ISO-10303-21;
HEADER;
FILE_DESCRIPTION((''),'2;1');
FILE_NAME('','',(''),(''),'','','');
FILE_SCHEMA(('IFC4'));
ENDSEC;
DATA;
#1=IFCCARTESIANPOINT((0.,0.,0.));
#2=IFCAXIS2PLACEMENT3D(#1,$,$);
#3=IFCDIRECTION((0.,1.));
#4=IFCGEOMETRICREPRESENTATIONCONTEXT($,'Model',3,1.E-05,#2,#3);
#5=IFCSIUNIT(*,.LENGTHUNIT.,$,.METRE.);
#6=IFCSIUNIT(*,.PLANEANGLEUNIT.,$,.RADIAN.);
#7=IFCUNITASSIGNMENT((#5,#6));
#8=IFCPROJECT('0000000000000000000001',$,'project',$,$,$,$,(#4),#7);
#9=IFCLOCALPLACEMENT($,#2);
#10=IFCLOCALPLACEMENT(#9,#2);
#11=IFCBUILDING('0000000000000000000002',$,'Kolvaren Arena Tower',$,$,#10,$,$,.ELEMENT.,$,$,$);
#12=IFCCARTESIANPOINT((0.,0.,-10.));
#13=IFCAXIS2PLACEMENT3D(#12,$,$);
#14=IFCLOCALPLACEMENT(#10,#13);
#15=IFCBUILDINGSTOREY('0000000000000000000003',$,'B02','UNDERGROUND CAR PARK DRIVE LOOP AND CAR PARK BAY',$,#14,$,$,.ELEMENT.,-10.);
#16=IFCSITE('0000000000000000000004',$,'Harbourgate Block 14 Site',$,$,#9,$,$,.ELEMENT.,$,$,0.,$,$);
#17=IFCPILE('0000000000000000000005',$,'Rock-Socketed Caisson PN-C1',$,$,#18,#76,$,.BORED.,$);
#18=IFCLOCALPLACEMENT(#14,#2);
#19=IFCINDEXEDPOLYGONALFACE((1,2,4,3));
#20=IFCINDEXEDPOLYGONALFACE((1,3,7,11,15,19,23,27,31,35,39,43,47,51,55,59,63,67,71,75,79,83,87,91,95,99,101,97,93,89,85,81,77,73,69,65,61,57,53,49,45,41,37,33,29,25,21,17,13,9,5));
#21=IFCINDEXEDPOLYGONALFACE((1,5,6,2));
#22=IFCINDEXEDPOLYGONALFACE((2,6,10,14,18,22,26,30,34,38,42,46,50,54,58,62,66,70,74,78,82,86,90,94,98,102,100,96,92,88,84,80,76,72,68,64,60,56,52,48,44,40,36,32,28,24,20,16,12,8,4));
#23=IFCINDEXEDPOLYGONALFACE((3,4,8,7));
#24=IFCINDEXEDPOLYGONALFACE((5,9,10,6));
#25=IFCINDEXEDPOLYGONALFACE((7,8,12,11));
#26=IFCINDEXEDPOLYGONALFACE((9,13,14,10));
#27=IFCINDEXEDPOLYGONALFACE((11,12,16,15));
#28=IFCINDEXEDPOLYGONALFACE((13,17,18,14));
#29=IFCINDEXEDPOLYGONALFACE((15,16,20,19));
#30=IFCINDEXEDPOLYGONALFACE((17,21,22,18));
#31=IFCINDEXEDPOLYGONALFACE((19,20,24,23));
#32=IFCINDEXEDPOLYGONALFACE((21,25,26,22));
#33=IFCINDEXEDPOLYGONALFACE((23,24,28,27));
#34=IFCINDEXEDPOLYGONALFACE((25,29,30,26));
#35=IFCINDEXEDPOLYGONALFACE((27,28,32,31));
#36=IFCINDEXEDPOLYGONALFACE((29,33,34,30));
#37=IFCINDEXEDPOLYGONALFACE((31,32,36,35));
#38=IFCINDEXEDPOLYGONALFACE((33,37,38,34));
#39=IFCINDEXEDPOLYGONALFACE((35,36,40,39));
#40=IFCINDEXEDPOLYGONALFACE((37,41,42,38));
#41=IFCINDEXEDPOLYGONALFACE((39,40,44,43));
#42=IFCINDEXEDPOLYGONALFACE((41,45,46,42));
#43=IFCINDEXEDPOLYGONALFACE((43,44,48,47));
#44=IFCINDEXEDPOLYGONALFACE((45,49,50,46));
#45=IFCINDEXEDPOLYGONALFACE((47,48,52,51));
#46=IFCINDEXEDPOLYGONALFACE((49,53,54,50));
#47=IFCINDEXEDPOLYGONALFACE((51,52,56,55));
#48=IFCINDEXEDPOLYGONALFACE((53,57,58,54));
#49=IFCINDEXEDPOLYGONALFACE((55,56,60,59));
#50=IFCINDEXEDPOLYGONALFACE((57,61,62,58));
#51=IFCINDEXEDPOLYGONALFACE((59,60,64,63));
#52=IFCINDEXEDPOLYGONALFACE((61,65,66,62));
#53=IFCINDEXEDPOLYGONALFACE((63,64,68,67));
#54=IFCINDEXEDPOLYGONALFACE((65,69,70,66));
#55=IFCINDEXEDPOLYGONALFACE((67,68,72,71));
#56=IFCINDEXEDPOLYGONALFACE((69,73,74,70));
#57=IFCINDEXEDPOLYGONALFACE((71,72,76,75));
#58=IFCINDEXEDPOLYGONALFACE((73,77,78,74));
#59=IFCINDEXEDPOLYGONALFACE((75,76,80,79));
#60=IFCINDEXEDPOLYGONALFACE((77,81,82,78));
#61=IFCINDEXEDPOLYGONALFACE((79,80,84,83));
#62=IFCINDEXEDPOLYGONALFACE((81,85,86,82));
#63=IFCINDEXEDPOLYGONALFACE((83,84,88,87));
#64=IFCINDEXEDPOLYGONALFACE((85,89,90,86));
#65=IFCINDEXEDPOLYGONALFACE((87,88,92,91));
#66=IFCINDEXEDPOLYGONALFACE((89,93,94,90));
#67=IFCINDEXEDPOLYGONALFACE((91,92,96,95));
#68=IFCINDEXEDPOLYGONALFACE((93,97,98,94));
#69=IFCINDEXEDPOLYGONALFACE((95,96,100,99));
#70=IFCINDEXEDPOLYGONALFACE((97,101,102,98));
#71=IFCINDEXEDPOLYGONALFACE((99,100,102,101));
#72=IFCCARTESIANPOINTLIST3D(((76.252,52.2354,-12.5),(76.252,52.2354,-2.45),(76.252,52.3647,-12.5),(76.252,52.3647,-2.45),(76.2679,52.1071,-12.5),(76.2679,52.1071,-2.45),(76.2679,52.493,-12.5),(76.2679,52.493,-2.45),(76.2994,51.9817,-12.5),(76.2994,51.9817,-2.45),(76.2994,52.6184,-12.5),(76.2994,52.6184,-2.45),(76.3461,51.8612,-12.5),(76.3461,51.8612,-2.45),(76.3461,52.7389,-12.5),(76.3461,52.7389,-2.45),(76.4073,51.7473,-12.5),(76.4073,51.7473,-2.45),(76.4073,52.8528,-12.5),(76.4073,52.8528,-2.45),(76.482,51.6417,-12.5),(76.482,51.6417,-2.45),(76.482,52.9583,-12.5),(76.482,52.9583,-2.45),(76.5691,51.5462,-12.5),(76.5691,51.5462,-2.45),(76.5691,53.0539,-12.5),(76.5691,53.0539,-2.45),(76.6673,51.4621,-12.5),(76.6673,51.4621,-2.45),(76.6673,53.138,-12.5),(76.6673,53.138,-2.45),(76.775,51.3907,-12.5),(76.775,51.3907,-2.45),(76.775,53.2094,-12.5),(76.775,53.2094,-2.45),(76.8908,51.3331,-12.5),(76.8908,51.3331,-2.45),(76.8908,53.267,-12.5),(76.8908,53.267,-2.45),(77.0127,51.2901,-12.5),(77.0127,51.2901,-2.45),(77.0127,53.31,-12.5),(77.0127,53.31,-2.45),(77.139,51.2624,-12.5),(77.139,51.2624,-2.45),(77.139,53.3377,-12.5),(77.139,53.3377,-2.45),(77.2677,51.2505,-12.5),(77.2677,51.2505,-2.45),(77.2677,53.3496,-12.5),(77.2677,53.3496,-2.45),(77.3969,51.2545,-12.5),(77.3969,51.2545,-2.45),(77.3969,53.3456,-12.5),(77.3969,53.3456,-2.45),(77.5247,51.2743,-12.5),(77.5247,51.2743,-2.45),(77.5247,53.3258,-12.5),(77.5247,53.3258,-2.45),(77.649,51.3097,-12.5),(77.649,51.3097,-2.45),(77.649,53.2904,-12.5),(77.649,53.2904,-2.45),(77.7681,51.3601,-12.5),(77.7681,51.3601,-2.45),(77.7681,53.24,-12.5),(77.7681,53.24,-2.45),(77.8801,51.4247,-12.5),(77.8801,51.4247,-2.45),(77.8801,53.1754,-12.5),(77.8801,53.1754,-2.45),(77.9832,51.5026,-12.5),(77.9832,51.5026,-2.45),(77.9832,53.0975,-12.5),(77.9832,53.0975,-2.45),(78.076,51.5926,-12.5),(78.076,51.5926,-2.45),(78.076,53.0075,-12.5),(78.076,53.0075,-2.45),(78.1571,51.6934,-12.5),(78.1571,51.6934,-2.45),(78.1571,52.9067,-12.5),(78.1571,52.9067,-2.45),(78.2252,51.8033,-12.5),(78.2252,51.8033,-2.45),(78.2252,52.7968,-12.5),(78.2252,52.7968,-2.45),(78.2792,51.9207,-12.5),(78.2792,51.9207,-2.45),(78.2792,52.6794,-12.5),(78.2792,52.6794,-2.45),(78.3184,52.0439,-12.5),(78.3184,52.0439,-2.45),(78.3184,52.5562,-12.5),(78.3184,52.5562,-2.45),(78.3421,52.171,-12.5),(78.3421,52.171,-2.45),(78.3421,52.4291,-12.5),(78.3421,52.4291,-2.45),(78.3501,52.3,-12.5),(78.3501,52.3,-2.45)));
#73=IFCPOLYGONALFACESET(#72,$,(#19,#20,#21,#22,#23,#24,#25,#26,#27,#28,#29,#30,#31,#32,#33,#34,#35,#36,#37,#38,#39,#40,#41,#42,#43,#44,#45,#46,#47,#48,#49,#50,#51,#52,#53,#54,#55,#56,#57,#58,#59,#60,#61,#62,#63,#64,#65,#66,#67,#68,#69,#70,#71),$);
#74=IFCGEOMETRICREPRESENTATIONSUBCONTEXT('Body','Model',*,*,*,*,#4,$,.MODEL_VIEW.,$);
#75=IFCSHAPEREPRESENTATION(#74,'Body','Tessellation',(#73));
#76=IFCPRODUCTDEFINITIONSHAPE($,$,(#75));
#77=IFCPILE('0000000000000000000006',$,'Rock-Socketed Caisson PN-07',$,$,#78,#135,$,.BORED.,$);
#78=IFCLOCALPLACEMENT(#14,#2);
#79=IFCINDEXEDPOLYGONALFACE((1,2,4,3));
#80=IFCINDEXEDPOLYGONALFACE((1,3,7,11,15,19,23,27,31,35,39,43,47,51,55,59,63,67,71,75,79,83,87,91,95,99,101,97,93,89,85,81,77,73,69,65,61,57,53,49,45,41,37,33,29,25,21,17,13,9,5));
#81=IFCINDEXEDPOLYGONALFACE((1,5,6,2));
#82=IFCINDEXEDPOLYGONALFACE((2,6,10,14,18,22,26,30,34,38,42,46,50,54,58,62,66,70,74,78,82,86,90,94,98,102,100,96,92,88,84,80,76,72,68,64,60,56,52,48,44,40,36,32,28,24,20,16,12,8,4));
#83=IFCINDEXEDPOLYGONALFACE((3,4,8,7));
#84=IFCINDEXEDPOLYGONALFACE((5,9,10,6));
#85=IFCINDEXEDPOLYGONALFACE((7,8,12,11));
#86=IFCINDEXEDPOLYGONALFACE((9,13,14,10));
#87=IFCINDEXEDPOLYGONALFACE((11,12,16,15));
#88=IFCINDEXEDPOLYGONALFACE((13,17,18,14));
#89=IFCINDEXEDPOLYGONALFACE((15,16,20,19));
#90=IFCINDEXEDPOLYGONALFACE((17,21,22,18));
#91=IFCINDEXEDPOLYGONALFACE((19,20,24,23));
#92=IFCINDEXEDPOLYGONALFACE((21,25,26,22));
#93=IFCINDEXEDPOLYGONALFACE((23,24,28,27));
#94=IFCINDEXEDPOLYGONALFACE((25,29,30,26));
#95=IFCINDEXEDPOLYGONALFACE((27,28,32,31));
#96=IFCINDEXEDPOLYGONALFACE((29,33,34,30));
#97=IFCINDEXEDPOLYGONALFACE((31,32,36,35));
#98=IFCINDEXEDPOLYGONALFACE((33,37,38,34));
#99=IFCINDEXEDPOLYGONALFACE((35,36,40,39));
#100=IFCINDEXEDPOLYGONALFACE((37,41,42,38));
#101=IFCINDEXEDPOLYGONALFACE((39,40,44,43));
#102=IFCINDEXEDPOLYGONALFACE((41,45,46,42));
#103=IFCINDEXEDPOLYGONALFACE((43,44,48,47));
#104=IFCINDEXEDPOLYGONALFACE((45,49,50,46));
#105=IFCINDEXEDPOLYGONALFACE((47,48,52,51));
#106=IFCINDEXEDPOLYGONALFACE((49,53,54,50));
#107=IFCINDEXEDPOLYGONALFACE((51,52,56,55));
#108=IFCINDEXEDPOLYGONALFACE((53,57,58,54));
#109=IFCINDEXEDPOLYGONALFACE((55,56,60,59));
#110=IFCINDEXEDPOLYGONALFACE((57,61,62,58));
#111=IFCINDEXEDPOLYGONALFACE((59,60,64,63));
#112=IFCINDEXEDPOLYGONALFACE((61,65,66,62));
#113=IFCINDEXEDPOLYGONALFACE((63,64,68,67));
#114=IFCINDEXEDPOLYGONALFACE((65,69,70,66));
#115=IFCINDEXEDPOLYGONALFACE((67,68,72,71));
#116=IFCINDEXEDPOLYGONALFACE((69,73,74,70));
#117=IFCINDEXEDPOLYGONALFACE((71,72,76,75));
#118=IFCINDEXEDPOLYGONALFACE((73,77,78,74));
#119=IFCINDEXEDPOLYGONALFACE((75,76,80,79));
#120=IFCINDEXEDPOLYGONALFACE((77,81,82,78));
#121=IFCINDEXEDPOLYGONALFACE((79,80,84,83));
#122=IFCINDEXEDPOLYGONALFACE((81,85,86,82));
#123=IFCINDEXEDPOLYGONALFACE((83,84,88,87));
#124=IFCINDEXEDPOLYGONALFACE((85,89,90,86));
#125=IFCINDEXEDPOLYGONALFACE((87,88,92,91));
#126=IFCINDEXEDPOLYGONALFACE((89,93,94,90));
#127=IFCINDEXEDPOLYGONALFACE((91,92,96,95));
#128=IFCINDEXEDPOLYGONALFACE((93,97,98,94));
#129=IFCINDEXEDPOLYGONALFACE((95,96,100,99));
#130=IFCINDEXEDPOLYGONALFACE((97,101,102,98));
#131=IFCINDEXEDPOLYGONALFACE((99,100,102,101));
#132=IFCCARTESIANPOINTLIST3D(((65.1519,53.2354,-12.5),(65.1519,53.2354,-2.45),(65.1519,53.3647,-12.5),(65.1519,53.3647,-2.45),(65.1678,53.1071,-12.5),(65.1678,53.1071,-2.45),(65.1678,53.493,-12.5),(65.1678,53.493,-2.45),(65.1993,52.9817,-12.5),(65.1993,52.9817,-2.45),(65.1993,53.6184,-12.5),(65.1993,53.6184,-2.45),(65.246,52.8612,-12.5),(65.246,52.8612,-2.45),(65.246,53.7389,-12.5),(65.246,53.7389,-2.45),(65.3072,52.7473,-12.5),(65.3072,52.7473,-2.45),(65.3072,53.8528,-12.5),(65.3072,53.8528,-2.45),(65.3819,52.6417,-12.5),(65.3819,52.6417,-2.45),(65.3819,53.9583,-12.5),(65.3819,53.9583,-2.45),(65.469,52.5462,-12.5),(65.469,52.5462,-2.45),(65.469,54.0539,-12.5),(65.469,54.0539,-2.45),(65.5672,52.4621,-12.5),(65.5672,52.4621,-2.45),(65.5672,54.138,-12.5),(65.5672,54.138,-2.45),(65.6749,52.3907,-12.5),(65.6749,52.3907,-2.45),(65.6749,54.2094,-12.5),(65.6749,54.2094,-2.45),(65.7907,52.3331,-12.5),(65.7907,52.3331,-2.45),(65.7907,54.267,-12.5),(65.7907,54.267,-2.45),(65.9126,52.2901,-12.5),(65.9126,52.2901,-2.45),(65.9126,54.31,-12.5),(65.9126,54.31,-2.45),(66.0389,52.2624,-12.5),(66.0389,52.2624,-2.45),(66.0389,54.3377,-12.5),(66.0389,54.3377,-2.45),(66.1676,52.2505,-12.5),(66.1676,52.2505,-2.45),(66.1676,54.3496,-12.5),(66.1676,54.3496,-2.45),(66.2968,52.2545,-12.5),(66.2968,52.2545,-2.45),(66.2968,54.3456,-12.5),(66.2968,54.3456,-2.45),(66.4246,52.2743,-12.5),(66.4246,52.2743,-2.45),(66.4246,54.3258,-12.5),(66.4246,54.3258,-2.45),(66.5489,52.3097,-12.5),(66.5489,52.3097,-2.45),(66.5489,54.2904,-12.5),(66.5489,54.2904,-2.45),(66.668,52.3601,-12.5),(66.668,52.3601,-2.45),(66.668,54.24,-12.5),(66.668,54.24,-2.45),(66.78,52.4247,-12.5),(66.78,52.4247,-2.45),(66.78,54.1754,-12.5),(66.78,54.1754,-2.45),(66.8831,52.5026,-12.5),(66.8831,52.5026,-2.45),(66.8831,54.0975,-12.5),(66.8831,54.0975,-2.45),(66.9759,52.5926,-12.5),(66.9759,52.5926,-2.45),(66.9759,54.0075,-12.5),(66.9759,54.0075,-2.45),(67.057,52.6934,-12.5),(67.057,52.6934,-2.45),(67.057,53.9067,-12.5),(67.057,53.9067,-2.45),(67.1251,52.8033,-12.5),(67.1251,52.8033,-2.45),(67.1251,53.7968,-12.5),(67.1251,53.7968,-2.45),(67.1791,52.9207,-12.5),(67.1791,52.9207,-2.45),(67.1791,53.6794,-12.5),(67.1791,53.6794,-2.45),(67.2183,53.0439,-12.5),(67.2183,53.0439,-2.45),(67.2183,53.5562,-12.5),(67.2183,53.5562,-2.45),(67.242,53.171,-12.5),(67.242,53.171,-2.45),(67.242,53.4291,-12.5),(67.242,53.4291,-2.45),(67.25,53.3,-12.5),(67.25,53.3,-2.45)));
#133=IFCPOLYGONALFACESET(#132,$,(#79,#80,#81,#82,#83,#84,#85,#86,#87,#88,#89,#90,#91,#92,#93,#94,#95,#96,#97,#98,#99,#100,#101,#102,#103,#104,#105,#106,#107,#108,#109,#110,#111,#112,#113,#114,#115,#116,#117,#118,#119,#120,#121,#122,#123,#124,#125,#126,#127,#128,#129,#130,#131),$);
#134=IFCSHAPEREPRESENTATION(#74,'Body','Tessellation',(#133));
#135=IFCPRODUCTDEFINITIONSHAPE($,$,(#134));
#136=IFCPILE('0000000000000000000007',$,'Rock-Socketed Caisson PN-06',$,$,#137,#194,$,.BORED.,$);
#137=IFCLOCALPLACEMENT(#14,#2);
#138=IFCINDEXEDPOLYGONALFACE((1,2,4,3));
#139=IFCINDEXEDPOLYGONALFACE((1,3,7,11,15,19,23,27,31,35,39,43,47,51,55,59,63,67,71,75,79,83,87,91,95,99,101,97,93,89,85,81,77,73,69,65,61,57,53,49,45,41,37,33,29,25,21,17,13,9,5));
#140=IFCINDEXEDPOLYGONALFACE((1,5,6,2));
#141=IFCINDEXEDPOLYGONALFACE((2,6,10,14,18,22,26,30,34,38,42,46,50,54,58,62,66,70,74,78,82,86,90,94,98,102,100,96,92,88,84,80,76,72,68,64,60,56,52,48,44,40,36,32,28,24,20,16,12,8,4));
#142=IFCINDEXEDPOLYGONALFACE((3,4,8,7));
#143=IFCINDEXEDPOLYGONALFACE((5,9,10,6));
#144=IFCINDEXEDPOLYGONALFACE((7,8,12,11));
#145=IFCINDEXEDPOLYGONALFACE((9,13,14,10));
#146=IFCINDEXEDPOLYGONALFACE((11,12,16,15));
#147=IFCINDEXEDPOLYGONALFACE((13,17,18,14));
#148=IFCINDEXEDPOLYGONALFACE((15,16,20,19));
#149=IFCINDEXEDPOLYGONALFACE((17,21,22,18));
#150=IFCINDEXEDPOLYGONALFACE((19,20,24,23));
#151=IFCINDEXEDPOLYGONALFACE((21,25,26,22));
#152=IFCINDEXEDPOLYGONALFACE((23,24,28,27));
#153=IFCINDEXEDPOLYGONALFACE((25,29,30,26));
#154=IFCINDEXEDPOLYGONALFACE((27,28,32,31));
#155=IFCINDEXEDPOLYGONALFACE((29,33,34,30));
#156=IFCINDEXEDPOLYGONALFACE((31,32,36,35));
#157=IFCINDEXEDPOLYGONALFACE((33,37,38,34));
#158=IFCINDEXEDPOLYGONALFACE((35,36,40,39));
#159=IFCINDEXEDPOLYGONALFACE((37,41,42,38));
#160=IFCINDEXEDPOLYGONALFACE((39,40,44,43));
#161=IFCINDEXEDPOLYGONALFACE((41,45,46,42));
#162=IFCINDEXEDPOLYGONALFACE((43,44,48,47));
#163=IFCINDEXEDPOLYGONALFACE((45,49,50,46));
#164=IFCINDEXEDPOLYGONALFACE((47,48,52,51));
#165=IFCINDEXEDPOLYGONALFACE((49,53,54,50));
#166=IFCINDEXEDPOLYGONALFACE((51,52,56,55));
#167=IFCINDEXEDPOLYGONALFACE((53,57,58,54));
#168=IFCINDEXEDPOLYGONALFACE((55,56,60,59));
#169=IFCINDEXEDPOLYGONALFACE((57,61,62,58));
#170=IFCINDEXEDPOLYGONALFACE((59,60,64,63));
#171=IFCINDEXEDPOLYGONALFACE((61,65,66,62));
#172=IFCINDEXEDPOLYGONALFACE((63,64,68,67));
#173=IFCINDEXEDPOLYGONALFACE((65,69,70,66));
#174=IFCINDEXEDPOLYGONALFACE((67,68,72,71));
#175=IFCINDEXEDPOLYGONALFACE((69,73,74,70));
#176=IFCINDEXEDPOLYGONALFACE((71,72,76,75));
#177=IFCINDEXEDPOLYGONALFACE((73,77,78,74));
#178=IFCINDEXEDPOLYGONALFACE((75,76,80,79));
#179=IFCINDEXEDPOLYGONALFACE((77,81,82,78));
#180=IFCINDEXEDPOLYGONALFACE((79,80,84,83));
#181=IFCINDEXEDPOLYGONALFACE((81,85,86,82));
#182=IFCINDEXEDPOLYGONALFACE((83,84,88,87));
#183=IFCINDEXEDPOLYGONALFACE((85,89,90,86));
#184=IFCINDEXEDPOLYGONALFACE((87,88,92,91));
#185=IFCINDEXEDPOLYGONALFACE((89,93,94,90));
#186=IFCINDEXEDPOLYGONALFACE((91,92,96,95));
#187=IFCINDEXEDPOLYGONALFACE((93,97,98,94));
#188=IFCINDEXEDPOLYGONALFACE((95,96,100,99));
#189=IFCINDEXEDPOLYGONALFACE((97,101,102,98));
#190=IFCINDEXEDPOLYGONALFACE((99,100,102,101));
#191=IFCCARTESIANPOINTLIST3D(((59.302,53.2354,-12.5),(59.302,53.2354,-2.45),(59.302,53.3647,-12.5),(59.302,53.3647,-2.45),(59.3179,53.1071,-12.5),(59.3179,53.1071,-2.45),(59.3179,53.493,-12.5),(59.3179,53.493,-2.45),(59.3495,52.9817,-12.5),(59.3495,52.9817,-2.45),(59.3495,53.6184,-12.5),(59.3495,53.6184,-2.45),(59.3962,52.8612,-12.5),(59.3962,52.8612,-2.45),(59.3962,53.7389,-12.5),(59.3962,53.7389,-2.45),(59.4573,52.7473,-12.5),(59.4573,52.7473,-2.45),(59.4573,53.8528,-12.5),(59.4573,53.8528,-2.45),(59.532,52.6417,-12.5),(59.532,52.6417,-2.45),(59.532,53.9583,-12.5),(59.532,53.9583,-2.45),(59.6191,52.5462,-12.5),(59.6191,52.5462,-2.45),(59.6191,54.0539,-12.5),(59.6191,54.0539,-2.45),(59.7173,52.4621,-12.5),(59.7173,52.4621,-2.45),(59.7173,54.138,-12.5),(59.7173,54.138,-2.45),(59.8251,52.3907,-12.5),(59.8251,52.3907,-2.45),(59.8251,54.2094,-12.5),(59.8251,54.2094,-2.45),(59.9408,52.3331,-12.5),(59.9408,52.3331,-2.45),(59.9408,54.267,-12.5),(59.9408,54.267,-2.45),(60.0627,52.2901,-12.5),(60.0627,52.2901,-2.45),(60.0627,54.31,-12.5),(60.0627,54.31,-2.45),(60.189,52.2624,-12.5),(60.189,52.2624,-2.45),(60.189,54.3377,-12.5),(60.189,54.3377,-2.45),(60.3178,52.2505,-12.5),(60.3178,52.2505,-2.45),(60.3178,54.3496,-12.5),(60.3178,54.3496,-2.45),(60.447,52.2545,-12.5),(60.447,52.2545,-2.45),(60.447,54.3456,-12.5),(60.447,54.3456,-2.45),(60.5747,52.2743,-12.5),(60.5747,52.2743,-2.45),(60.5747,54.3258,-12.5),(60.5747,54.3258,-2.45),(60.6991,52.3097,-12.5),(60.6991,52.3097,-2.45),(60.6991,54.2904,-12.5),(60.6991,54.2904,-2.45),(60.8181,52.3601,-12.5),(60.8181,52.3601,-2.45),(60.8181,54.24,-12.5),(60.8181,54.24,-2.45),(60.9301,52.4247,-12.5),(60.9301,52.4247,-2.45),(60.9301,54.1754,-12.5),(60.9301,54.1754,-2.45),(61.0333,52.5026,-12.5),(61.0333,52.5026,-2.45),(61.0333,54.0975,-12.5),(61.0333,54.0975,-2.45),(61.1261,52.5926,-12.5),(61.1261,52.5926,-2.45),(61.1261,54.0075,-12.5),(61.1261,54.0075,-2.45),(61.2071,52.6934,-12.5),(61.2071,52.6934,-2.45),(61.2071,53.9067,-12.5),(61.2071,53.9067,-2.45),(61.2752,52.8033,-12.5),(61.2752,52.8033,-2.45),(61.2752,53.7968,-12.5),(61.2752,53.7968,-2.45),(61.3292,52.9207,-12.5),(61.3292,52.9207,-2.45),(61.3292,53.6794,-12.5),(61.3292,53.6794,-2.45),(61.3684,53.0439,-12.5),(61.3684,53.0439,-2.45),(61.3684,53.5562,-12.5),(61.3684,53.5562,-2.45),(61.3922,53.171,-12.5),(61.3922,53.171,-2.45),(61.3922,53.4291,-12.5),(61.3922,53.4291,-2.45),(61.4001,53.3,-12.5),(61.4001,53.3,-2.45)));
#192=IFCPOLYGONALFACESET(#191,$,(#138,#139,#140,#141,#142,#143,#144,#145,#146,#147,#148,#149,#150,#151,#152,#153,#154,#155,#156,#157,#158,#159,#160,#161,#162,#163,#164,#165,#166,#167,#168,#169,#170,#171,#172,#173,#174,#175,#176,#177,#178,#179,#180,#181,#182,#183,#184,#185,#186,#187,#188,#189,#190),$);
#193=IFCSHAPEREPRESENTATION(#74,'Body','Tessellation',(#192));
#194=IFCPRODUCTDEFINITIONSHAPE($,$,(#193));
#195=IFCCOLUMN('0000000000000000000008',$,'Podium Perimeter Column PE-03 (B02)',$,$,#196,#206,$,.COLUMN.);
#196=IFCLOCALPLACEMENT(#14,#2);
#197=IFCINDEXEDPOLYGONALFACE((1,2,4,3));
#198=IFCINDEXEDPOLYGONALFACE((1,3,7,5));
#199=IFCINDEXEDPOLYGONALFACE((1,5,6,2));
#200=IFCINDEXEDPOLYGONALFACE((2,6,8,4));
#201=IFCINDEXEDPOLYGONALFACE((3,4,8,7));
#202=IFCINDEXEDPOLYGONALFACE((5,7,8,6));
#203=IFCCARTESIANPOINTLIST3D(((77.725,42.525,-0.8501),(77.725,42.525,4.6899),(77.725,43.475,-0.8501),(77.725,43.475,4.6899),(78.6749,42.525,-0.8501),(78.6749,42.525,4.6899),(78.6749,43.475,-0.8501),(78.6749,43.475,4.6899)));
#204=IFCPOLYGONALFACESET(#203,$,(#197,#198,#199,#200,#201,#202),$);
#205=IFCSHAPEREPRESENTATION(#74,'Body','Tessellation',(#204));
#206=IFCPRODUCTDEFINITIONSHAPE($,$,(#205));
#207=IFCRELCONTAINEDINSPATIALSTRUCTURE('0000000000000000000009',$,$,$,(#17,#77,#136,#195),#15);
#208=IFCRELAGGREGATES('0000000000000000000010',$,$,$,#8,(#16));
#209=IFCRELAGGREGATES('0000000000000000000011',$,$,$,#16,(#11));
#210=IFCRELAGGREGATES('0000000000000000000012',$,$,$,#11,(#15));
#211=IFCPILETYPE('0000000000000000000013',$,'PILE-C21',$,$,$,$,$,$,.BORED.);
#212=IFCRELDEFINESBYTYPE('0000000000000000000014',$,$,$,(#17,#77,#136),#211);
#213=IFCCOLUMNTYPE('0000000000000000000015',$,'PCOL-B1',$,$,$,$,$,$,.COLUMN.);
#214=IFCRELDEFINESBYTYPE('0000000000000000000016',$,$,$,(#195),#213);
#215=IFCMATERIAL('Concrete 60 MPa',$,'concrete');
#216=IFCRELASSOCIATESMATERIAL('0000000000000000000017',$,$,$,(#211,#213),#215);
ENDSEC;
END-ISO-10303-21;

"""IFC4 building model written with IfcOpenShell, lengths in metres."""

from ifc_helpers import new_model, si_unit, direction, frame, origin, origin_2d, place, context, subcontext, project, spatial, rectangle, circle, extrude, material, material_profile, profile_set, type_object, element, save


model = new_model("IFC4")

# Units and contexts
model_context = context("Model", 3, precision=1e-05, world=origin(), true_north=direction((0.0, 1.0)))
body_context = subcontext(model_context, "Body", "Model", "MODEL_VIEW")
ifc_project = project(units=[si_unit("LENGTHUNIT", "METRE"), si_unit("PLANEANGLEUNIT", "RADIAN")], contexts=[model_context])

# Site, building, storey
site_placement = place(None, origin())
site = spatial("IfcSite", under=ifc_project, at=site_placement, Name="Harbourgate Block 14 Site", CompositionType="ELEMENT", RefElevation=0.0)
building_placement = place(site_placement, origin())
building = spatial("IfcBuilding", under=site, at=building_placement, Name="Kolvaren Arena Tower", CompositionType="ELEMENT")
storey_placement = place(building_placement, frame((0.0, 0.0, -10.0)))
storey = spatial("IfcBuildingStorey", under=building, at=storey_placement, Name="B02", Description="UNDERGROUND CAR PARK DRIVE LOOP AND CAR PARK BAY", CompositionType="ELEMENT", Elevation=-10.0)

# Piles
ifc_material_1 = material(Name="Concrete 60 MPa", Category="concrete")
ifc_material_profile_1 = material_profile(ifc_material_1, circle(Radius=1.05, at=origin_2d()), Name="CAISSON-D2100")
ifc_profile_set_1 = profile_set([ifc_material_profile_1], Name="Concrete 60 MPa")
pile_type_1 = type_object("IfcPileType", Name="PILE-C21", PredefinedType="BORED", material=ifc_profile_set_1)
for number, where, z_axis, x_axis, name in (
    (1, (77.3, 52.3, -2.45), (0.0, 0.0, -1.0), (1.0, 0.0, 0.0), "Rock-Socketed Caisson PN-C1"),
    (2, (66.2, 53.3, -2.45), (0.0, 0.0, -1.0), (1.0, 0.0, 0.0), "Rock-Socketed Caisson PN-07"),
    (3, (60.3501, 53.3, -2.45), (0.0, 0.0, -1.0), (1.0, 0.0, 0.0), "Rock-Socketed Caisson PN-06"),
):
    element("IfcPile", number, at=place(storey_placement, frame(where, z_axis=z_axis, x_axis=x_axis)), inside=storey, type_object=pile_type_1, Name=name, PredefinedType="BORED", context=body_context, shape_type="SweptSolid", body=[
        extrude(circle(Radius=1.05, at=origin_2d()), origin(), (0.0, 0.0, 1.0), 10.05),
    ])

# Column
ifc_material_profile_2 = material_profile(ifc_material_1, rectangle(XDim=0.95, YDim=0.95, at=origin_2d()), Name="RC-950x950")
ifc_profile_set_2 = profile_set([ifc_material_profile_2], Name="Concrete 60 MPa")
column_type_1 = type_object("IfcColumnType", Name="PCOL-B1", PredefinedType="COLUMN", material=ifc_profile_set_2)
for number, where, z_axis, x_axis, name in (
    (4, (78.2, 43.0, -0.8501), (0.0, 0.0, 1.0), (1.0, 0.0, 0.0), "Podium Perimeter Column PE-03 (B02)"),
):
    element("IfcColumn", number, at=place(storey_placement, frame(where, z_axis=z_axis, x_axis=x_axis)), inside=storey, type_object=column_type_1, Name=name, PredefinedType="COLUMN", context=body_context, shape_type="SweptSolid", body=[
        extrude(rectangle(XDim=0.95, YDim=0.95, at=origin_2d()), origin(), (0.0, 0.0, 1.0), 5.54),
    ])

save(model, "model.ifc")
